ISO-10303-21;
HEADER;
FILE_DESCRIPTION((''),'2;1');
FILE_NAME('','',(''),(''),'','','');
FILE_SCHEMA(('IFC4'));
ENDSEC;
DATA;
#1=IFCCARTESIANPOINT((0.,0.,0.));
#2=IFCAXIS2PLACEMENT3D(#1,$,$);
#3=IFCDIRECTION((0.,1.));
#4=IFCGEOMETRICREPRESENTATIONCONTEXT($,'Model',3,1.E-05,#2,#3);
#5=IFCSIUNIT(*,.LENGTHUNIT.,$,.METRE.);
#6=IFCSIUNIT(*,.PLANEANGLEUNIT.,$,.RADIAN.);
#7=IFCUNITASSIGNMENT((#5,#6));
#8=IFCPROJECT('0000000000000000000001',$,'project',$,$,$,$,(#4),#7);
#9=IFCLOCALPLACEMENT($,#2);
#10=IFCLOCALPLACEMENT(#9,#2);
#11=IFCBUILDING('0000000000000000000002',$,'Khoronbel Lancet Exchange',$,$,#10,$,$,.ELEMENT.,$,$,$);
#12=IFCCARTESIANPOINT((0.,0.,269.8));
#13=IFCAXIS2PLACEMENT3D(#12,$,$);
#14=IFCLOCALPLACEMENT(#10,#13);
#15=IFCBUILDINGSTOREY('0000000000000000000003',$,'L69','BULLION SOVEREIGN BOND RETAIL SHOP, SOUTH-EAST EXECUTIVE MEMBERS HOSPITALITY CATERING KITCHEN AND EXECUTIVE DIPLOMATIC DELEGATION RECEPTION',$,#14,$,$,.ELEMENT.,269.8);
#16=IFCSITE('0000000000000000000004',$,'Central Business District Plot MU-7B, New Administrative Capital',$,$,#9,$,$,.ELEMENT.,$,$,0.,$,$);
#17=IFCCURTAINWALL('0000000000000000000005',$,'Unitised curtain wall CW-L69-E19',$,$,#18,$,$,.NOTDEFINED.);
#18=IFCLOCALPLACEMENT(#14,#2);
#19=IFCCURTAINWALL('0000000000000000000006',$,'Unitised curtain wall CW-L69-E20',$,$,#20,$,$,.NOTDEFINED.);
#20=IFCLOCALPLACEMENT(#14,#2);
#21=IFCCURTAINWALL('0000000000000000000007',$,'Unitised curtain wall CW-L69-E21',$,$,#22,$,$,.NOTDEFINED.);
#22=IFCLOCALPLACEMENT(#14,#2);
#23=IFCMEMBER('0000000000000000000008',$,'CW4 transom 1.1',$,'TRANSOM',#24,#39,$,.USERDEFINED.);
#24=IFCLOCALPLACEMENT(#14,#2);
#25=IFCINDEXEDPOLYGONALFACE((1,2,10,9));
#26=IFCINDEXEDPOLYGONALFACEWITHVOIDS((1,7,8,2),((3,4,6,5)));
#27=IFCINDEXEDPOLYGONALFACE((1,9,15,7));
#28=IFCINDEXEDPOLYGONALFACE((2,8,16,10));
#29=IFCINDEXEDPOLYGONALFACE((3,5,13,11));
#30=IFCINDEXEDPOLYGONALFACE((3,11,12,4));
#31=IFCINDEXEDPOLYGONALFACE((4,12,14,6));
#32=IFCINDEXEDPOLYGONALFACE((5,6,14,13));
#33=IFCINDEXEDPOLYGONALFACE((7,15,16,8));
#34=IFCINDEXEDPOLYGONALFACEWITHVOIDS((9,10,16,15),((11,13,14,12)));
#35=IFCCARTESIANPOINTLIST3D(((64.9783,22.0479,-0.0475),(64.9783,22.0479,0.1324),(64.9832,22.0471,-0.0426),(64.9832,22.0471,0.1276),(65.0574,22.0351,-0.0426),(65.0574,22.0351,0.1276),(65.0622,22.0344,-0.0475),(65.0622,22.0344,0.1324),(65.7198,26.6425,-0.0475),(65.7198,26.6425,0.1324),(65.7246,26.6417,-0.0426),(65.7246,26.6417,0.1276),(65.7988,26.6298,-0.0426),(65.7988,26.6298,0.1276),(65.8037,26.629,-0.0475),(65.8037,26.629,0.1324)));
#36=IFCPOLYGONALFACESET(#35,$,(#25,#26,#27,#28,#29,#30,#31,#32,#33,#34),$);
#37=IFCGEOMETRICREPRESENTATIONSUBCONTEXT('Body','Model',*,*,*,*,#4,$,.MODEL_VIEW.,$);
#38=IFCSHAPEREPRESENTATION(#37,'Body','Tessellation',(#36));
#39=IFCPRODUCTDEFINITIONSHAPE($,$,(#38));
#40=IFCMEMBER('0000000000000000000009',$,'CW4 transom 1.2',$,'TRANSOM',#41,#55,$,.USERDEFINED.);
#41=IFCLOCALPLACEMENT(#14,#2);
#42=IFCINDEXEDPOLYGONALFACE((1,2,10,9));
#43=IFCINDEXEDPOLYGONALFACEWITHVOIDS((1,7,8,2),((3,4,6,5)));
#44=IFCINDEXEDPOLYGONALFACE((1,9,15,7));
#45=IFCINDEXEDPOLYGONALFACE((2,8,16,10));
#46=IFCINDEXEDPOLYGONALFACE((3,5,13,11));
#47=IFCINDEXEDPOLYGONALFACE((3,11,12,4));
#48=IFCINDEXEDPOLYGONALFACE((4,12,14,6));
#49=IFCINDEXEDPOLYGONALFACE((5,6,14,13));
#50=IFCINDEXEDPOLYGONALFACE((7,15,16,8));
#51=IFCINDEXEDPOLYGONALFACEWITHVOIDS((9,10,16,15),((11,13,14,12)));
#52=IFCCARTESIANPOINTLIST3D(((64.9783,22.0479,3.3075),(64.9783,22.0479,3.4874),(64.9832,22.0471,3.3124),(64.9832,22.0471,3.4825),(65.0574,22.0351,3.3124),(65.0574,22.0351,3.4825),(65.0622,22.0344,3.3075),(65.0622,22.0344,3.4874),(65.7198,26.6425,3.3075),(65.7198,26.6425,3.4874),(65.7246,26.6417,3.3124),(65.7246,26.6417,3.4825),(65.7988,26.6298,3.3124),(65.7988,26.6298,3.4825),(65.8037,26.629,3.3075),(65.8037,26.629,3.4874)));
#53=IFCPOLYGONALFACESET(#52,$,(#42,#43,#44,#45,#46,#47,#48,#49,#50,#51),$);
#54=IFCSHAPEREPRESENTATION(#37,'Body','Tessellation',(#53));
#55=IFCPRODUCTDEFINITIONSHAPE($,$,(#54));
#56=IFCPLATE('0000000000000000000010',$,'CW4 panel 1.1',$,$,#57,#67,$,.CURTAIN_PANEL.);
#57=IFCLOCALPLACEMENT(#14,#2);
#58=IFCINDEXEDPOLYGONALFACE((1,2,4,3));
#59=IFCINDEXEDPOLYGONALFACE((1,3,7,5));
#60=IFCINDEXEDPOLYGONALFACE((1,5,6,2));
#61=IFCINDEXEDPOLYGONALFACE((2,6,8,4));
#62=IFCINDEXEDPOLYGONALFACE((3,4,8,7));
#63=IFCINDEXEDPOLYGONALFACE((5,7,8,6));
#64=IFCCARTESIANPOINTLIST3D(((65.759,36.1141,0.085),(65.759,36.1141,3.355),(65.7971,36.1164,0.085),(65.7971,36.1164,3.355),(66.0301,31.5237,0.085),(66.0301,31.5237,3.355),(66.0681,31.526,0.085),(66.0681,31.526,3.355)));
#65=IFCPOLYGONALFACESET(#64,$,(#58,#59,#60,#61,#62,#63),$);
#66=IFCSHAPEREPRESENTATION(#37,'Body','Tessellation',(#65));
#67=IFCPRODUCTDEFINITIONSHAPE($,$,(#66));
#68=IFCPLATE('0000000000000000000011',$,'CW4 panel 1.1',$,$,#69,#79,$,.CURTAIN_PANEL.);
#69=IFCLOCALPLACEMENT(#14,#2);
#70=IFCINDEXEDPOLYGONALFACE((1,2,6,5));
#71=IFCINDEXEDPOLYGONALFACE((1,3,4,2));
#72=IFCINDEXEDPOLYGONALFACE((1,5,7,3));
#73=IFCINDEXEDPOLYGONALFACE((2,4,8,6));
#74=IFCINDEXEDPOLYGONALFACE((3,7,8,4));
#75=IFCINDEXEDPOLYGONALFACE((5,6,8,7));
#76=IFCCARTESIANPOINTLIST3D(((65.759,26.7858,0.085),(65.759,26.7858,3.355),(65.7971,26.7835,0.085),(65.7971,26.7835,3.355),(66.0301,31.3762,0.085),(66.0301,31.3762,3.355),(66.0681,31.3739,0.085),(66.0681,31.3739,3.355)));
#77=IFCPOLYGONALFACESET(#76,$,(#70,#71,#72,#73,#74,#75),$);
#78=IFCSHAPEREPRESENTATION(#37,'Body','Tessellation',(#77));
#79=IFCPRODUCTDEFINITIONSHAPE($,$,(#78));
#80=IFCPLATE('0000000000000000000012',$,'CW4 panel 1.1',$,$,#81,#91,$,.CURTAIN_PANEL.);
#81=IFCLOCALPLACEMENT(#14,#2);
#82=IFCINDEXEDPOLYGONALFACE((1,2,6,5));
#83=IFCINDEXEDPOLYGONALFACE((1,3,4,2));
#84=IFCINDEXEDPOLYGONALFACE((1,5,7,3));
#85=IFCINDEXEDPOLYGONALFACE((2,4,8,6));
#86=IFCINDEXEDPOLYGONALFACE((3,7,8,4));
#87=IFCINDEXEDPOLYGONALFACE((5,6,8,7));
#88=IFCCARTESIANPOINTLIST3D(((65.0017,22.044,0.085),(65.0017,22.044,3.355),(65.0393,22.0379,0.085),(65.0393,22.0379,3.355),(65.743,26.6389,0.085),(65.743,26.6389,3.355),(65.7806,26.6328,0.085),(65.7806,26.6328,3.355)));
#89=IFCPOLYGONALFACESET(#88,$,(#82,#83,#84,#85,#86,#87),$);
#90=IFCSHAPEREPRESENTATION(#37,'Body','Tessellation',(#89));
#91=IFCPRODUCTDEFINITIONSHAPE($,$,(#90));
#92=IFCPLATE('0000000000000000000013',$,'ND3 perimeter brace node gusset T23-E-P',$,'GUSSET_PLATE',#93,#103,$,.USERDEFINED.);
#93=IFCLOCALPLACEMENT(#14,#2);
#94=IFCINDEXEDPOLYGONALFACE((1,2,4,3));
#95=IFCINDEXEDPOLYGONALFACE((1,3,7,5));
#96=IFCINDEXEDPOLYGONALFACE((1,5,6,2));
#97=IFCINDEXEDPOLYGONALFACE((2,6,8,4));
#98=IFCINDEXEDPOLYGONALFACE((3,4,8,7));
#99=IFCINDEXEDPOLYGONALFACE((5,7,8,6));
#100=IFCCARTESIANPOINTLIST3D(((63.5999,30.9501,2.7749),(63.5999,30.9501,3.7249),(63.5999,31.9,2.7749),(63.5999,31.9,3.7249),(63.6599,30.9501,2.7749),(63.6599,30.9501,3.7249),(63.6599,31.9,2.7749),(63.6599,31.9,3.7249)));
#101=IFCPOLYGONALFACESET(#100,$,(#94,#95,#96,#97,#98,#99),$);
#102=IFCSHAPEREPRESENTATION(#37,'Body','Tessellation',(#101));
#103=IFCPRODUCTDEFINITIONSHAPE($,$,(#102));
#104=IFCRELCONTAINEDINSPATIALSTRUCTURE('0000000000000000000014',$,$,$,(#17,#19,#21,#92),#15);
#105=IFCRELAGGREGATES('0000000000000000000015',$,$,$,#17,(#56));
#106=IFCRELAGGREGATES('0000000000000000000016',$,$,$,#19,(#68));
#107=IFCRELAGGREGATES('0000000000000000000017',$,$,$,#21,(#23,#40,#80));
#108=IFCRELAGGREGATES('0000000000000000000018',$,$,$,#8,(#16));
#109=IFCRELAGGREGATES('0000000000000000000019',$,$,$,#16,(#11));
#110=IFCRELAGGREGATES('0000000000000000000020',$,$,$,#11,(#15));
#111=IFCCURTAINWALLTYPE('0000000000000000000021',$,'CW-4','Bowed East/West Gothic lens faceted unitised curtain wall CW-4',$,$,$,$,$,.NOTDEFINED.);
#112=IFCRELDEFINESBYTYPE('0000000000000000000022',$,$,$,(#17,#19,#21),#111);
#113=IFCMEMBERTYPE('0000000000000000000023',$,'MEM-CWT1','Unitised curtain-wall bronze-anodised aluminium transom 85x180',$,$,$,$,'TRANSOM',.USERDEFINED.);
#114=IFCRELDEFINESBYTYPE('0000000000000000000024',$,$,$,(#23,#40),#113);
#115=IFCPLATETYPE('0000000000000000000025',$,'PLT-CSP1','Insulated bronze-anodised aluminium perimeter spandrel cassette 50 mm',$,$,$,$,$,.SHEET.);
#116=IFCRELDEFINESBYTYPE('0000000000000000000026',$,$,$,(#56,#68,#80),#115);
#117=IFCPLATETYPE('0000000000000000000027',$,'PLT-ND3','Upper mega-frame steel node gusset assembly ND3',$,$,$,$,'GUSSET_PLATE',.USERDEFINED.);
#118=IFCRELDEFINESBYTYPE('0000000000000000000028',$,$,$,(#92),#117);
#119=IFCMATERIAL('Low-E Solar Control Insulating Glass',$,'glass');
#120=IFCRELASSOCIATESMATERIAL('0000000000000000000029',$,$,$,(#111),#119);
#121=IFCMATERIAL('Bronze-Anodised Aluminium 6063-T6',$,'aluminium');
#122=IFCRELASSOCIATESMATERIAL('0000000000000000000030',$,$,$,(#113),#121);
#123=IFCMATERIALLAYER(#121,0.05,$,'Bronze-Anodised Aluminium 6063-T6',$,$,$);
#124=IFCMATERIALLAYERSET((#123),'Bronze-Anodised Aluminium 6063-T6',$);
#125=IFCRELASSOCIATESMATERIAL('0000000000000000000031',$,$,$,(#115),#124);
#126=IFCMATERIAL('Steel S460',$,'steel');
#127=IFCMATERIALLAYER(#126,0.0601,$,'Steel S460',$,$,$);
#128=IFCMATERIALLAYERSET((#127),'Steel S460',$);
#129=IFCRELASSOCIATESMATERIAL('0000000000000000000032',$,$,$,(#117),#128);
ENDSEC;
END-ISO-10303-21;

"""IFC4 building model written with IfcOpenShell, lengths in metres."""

from ifc_helpers import new_model, si_unit, direction, frame, origin, origin_2d, place, context, subcontext, project, spatial, rectangle, hollow_rectangle, extrude, material, layer, layer_set, material_profile, profile_set, type_object, element, aggregate, save


model = new_model("IFC4")

# Units and contexts
model_context = context("Model", 3, precision=1e-05, world=origin(), true_north=direction((0.0, 1.0)))
body_context = subcontext(model_context, "Body", "Model", "MODEL_VIEW")
ifc_project = project(units=[si_unit("LENGTHUNIT", "METRE"), si_unit("PLANEANGLEUNIT", "RADIAN")], contexts=[model_context])

# Site, building, storey
site_placement = place(None, origin())
site = spatial("IfcSite", under=ifc_project, at=site_placement, Name="Central Business District Plot MU-7B, New Administrative Capital", CompositionType="ELEMENT", RefElevation=0.0)
building_placement = place(site_placement, origin())
building = spatial("IfcBuilding", under=site, at=building_placement, Name="Khoronbel Lancet Exchange", CompositionType="ELEMENT")
storey_placement = place(building_placement, frame((0.0, 0.0, 269.8)))
storey = spatial("IfcBuildingStorey", under=building, at=storey_placement, Name="L69", Description="BULLION SOVEREIGN BOND RETAIL SHOP, SOUTH-EAST EXECUTIVE MEMBERS HOSPITALITY CATERING KITCHEN AND EXECUTIVE DIPLOMATIC DELEGATION RECEPTION", CompositionType="ELEMENT", Elevation=269.8)

# Curtain walls
ifc_material_1 = material(Name="Low-E Solar Control Insulating Glass", Category="glass")
curtain_wall_type = type_object("IfcCurtainWallType", Name="CW-4", Description="Bowed East/West Gothic lens faceted unitised curtain wall CW-4", PredefinedType="NOTDEFINED", material=ifc_material_1)
curtain_wall_1_placement = place(storey_placement, origin())
curtain_wall_1 = element("IfcCurtainWall", 1, at=curtain_wall_1_placement, inside=storey, type_object=curtain_wall_type, Name="Unitised curtain wall CW-L69-E19", PredefinedType="NOTDEFINED")
ifc_material_2 = material(Name="Bronze-Anodised Aluminium 6063-T6", Category="aluminium")
curtain_wall_2_placement = place(storey_placement, origin())
curtain_wall_2 = element("IfcCurtainWall", 2, at=curtain_wall_2_placement, inside=storey, type_object=curtain_wall_type, Name="Unitised curtain wall CW-L69-E20", PredefinedType="NOTDEFINED")

# Curtain wall
curtain_wall_3_placement = place(storey_placement, origin())
curtain_wall_3 = element("IfcCurtainWall", 3, at=curtain_wall_3_placement, inside=storey, type_object=curtain_wall_type, Name="Unitised curtain wall CW-L69-E21", PredefinedType="NOTDEFINED")

# Members
ifc_material_profile_1 = material_profile(ifc_material_2, hollow_rectangle(XDim=0.085, YDim=0.1799, WallThickness=0.0049, at=origin_2d()), Name="ALU TRANSOM 85x180")
ifc_profile_set_1 = profile_set([ifc_material_profile_1], Name="Bronze-Anodised Aluminium 6063-T6")
member_type_1 = type_object("IfcMemberType", Name="MEM-CWT1", Description="Unitised curtain-wall bronze-anodised aluminium transom 85x180", ElementType="TRANSOM", PredefinedType="USERDEFINED", material=ifc_profile_set_1)
member_1_placement = place(storey_placement, frame((65.7617, 26.6357, 0.0425), z_axis=(-0.15931, -0.987229, 0.0), x_axis=(0.987229, -0.15931, 0.0)))
member_1 = element("IfcMember", 4, at=member_1_placement, type_object=member_type_1, Name="CW4 transom 1.1", ObjectType="TRANSOM", PredefinedType="USERDEFINED", context=body_context, shape_type="SweptSolid", body=[
    extrude(hollow_rectangle(XDim=0.085, YDim=0.1799, WallThickness=0.0049, at=origin_2d()), origin(), (0.0, 0.0, 1.0), 4.6541),
])
member_2_placement = place(storey_placement, frame((65.7617, 26.6357, 3.3975), z_axis=(-0.15931, -0.987229, 0.0), x_axis=(0.987229, -0.15931, 0.0)))
member_2 = element("IfcMember", 5, at=member_2_placement, type_object=member_type_1, Name="CW4 transom 1.2", ObjectType="TRANSOM", PredefinedType="USERDEFINED", context=body_context, shape_type="SweptSolid", body=[
    extrude(hollow_rectangle(XDim=0.085, YDim=0.1799, WallThickness=0.0049, at=origin_2d()), origin(), (0.0, 0.0, 1.0), 4.6541),
])

# Plates
ifc_layer_1 = layer(ifc_material_2, 0.05, Name="Bronze-Anodised Aluminium 6063-T6")
ifc_layer_set_1 = layer_set([ifc_layer_1], Name="Bronze-Anodised Aluminium 6063-T6")
plate_type_1 = type_object("IfcPlateType", Name="PLT-CSP1", Description="Insulated bronze-anodised aluminium perimeter spandrel cassette 50 mm", PredefinedType="SHEET", material=ifc_layer_set_1)
plate_1_placement = place(storey_placement, frame((65.9136, 33.8201, 0.085), z_axis=(0.0, 0.0, 1.0), x_axis=(0.058945, -0.998261, 0.0)))
plate_1 = element("IfcPlate", 6, at=plate_1_placement, type_object=plate_type_1, Name="CW4 panel 1.1", PredefinedType="CURTAIN_PANEL", context=body_context, shape_type="SweptSolid", body=[
    extrude(rectangle(XDim=4.5984, YDim=0.0381, at=origin_2d()), origin(), (0.0, 0.0, 1.0), 3.27),
])
aggregate(curtain_wall_1, [plate_1])
plate_2_placement = place(storey_placement, frame((65.9136, 29.0798, 0.085), z_axis=(0.0, 0.0, 1.0), x_axis=(-0.058945, -0.998261, 0.0)))
plate_2 = element("IfcPlate", 7, at=plate_2_placement, type_object=plate_type_1, Name="CW4 panel 1.1", PredefinedType="CURTAIN_PANEL", context=body_context, shape_type="SweptSolid", body=[
    extrude(rectangle(XDim=4.5984, YDim=0.0381, at=origin_2d()), origin(), (0.0, 0.0, 1.0), 3.27),
])
aggregate(curtain_wall_2, [plate_2])
plate_3_placement = place(storey_placement, frame((65.3911, 24.3384, 0.085), z_axis=(0.0, 0.0, 1.0), x_axis=(-0.159276, -0.987234, 0.0)))
plate_3 = element("IfcPlate", 8, at=plate_3_placement, type_object=plate_type_1, Name="CW4 panel 1.1", PredefinedType="CURTAIN_PANEL", context=body_context, shape_type="SweptSolid", body=[
    extrude(rectangle(XDim=4.6543, YDim=0.0381, at=origin_2d()), origin(), (0.0, 0.0, 1.0), 3.27),
])
aggregate(curtain_wall_3, [member_1, member_2, plate_3])
ifc_material_3 = material(Name="Steel S460", Category="steel")
ifc_layer_2 = layer(ifc_material_3, 0.0601, Name="Steel S460")
ifc_layer_set_2 = layer_set([ifc_layer_2], Name="Steel S460")
plate_type_2 = type_object("IfcPlateType", Name="PLT-ND3", Description="Upper mega-frame steel node gusset assembly ND3", ElementType="GUSSET_PLATE", PredefinedType="USERDEFINED", material=ifc_layer_set_2)
plate_4_placement = place(storey_placement, frame((63.6299, 31.425, 2.7749), z_axis=(0.0, 0.0, 1.0), x_axis=(0.0, 1.0, 0.0)))
element("IfcPlate", 9, at=plate_4_placement, inside=storey, type_object=plate_type_2, Name="ND3 perimeter brace node gusset T23-E-P", ObjectType="GUSSET_PLATE", PredefinedType="USERDEFINED", context=body_context, shape_type="SweptSolid", body=[
    extrude(rectangle(XDim=0.95, YDim=0.0601, at=origin_2d()), origin(), (0.0, 0.0, 1.0), 0.95),
])

save(model, "model.ifc")
